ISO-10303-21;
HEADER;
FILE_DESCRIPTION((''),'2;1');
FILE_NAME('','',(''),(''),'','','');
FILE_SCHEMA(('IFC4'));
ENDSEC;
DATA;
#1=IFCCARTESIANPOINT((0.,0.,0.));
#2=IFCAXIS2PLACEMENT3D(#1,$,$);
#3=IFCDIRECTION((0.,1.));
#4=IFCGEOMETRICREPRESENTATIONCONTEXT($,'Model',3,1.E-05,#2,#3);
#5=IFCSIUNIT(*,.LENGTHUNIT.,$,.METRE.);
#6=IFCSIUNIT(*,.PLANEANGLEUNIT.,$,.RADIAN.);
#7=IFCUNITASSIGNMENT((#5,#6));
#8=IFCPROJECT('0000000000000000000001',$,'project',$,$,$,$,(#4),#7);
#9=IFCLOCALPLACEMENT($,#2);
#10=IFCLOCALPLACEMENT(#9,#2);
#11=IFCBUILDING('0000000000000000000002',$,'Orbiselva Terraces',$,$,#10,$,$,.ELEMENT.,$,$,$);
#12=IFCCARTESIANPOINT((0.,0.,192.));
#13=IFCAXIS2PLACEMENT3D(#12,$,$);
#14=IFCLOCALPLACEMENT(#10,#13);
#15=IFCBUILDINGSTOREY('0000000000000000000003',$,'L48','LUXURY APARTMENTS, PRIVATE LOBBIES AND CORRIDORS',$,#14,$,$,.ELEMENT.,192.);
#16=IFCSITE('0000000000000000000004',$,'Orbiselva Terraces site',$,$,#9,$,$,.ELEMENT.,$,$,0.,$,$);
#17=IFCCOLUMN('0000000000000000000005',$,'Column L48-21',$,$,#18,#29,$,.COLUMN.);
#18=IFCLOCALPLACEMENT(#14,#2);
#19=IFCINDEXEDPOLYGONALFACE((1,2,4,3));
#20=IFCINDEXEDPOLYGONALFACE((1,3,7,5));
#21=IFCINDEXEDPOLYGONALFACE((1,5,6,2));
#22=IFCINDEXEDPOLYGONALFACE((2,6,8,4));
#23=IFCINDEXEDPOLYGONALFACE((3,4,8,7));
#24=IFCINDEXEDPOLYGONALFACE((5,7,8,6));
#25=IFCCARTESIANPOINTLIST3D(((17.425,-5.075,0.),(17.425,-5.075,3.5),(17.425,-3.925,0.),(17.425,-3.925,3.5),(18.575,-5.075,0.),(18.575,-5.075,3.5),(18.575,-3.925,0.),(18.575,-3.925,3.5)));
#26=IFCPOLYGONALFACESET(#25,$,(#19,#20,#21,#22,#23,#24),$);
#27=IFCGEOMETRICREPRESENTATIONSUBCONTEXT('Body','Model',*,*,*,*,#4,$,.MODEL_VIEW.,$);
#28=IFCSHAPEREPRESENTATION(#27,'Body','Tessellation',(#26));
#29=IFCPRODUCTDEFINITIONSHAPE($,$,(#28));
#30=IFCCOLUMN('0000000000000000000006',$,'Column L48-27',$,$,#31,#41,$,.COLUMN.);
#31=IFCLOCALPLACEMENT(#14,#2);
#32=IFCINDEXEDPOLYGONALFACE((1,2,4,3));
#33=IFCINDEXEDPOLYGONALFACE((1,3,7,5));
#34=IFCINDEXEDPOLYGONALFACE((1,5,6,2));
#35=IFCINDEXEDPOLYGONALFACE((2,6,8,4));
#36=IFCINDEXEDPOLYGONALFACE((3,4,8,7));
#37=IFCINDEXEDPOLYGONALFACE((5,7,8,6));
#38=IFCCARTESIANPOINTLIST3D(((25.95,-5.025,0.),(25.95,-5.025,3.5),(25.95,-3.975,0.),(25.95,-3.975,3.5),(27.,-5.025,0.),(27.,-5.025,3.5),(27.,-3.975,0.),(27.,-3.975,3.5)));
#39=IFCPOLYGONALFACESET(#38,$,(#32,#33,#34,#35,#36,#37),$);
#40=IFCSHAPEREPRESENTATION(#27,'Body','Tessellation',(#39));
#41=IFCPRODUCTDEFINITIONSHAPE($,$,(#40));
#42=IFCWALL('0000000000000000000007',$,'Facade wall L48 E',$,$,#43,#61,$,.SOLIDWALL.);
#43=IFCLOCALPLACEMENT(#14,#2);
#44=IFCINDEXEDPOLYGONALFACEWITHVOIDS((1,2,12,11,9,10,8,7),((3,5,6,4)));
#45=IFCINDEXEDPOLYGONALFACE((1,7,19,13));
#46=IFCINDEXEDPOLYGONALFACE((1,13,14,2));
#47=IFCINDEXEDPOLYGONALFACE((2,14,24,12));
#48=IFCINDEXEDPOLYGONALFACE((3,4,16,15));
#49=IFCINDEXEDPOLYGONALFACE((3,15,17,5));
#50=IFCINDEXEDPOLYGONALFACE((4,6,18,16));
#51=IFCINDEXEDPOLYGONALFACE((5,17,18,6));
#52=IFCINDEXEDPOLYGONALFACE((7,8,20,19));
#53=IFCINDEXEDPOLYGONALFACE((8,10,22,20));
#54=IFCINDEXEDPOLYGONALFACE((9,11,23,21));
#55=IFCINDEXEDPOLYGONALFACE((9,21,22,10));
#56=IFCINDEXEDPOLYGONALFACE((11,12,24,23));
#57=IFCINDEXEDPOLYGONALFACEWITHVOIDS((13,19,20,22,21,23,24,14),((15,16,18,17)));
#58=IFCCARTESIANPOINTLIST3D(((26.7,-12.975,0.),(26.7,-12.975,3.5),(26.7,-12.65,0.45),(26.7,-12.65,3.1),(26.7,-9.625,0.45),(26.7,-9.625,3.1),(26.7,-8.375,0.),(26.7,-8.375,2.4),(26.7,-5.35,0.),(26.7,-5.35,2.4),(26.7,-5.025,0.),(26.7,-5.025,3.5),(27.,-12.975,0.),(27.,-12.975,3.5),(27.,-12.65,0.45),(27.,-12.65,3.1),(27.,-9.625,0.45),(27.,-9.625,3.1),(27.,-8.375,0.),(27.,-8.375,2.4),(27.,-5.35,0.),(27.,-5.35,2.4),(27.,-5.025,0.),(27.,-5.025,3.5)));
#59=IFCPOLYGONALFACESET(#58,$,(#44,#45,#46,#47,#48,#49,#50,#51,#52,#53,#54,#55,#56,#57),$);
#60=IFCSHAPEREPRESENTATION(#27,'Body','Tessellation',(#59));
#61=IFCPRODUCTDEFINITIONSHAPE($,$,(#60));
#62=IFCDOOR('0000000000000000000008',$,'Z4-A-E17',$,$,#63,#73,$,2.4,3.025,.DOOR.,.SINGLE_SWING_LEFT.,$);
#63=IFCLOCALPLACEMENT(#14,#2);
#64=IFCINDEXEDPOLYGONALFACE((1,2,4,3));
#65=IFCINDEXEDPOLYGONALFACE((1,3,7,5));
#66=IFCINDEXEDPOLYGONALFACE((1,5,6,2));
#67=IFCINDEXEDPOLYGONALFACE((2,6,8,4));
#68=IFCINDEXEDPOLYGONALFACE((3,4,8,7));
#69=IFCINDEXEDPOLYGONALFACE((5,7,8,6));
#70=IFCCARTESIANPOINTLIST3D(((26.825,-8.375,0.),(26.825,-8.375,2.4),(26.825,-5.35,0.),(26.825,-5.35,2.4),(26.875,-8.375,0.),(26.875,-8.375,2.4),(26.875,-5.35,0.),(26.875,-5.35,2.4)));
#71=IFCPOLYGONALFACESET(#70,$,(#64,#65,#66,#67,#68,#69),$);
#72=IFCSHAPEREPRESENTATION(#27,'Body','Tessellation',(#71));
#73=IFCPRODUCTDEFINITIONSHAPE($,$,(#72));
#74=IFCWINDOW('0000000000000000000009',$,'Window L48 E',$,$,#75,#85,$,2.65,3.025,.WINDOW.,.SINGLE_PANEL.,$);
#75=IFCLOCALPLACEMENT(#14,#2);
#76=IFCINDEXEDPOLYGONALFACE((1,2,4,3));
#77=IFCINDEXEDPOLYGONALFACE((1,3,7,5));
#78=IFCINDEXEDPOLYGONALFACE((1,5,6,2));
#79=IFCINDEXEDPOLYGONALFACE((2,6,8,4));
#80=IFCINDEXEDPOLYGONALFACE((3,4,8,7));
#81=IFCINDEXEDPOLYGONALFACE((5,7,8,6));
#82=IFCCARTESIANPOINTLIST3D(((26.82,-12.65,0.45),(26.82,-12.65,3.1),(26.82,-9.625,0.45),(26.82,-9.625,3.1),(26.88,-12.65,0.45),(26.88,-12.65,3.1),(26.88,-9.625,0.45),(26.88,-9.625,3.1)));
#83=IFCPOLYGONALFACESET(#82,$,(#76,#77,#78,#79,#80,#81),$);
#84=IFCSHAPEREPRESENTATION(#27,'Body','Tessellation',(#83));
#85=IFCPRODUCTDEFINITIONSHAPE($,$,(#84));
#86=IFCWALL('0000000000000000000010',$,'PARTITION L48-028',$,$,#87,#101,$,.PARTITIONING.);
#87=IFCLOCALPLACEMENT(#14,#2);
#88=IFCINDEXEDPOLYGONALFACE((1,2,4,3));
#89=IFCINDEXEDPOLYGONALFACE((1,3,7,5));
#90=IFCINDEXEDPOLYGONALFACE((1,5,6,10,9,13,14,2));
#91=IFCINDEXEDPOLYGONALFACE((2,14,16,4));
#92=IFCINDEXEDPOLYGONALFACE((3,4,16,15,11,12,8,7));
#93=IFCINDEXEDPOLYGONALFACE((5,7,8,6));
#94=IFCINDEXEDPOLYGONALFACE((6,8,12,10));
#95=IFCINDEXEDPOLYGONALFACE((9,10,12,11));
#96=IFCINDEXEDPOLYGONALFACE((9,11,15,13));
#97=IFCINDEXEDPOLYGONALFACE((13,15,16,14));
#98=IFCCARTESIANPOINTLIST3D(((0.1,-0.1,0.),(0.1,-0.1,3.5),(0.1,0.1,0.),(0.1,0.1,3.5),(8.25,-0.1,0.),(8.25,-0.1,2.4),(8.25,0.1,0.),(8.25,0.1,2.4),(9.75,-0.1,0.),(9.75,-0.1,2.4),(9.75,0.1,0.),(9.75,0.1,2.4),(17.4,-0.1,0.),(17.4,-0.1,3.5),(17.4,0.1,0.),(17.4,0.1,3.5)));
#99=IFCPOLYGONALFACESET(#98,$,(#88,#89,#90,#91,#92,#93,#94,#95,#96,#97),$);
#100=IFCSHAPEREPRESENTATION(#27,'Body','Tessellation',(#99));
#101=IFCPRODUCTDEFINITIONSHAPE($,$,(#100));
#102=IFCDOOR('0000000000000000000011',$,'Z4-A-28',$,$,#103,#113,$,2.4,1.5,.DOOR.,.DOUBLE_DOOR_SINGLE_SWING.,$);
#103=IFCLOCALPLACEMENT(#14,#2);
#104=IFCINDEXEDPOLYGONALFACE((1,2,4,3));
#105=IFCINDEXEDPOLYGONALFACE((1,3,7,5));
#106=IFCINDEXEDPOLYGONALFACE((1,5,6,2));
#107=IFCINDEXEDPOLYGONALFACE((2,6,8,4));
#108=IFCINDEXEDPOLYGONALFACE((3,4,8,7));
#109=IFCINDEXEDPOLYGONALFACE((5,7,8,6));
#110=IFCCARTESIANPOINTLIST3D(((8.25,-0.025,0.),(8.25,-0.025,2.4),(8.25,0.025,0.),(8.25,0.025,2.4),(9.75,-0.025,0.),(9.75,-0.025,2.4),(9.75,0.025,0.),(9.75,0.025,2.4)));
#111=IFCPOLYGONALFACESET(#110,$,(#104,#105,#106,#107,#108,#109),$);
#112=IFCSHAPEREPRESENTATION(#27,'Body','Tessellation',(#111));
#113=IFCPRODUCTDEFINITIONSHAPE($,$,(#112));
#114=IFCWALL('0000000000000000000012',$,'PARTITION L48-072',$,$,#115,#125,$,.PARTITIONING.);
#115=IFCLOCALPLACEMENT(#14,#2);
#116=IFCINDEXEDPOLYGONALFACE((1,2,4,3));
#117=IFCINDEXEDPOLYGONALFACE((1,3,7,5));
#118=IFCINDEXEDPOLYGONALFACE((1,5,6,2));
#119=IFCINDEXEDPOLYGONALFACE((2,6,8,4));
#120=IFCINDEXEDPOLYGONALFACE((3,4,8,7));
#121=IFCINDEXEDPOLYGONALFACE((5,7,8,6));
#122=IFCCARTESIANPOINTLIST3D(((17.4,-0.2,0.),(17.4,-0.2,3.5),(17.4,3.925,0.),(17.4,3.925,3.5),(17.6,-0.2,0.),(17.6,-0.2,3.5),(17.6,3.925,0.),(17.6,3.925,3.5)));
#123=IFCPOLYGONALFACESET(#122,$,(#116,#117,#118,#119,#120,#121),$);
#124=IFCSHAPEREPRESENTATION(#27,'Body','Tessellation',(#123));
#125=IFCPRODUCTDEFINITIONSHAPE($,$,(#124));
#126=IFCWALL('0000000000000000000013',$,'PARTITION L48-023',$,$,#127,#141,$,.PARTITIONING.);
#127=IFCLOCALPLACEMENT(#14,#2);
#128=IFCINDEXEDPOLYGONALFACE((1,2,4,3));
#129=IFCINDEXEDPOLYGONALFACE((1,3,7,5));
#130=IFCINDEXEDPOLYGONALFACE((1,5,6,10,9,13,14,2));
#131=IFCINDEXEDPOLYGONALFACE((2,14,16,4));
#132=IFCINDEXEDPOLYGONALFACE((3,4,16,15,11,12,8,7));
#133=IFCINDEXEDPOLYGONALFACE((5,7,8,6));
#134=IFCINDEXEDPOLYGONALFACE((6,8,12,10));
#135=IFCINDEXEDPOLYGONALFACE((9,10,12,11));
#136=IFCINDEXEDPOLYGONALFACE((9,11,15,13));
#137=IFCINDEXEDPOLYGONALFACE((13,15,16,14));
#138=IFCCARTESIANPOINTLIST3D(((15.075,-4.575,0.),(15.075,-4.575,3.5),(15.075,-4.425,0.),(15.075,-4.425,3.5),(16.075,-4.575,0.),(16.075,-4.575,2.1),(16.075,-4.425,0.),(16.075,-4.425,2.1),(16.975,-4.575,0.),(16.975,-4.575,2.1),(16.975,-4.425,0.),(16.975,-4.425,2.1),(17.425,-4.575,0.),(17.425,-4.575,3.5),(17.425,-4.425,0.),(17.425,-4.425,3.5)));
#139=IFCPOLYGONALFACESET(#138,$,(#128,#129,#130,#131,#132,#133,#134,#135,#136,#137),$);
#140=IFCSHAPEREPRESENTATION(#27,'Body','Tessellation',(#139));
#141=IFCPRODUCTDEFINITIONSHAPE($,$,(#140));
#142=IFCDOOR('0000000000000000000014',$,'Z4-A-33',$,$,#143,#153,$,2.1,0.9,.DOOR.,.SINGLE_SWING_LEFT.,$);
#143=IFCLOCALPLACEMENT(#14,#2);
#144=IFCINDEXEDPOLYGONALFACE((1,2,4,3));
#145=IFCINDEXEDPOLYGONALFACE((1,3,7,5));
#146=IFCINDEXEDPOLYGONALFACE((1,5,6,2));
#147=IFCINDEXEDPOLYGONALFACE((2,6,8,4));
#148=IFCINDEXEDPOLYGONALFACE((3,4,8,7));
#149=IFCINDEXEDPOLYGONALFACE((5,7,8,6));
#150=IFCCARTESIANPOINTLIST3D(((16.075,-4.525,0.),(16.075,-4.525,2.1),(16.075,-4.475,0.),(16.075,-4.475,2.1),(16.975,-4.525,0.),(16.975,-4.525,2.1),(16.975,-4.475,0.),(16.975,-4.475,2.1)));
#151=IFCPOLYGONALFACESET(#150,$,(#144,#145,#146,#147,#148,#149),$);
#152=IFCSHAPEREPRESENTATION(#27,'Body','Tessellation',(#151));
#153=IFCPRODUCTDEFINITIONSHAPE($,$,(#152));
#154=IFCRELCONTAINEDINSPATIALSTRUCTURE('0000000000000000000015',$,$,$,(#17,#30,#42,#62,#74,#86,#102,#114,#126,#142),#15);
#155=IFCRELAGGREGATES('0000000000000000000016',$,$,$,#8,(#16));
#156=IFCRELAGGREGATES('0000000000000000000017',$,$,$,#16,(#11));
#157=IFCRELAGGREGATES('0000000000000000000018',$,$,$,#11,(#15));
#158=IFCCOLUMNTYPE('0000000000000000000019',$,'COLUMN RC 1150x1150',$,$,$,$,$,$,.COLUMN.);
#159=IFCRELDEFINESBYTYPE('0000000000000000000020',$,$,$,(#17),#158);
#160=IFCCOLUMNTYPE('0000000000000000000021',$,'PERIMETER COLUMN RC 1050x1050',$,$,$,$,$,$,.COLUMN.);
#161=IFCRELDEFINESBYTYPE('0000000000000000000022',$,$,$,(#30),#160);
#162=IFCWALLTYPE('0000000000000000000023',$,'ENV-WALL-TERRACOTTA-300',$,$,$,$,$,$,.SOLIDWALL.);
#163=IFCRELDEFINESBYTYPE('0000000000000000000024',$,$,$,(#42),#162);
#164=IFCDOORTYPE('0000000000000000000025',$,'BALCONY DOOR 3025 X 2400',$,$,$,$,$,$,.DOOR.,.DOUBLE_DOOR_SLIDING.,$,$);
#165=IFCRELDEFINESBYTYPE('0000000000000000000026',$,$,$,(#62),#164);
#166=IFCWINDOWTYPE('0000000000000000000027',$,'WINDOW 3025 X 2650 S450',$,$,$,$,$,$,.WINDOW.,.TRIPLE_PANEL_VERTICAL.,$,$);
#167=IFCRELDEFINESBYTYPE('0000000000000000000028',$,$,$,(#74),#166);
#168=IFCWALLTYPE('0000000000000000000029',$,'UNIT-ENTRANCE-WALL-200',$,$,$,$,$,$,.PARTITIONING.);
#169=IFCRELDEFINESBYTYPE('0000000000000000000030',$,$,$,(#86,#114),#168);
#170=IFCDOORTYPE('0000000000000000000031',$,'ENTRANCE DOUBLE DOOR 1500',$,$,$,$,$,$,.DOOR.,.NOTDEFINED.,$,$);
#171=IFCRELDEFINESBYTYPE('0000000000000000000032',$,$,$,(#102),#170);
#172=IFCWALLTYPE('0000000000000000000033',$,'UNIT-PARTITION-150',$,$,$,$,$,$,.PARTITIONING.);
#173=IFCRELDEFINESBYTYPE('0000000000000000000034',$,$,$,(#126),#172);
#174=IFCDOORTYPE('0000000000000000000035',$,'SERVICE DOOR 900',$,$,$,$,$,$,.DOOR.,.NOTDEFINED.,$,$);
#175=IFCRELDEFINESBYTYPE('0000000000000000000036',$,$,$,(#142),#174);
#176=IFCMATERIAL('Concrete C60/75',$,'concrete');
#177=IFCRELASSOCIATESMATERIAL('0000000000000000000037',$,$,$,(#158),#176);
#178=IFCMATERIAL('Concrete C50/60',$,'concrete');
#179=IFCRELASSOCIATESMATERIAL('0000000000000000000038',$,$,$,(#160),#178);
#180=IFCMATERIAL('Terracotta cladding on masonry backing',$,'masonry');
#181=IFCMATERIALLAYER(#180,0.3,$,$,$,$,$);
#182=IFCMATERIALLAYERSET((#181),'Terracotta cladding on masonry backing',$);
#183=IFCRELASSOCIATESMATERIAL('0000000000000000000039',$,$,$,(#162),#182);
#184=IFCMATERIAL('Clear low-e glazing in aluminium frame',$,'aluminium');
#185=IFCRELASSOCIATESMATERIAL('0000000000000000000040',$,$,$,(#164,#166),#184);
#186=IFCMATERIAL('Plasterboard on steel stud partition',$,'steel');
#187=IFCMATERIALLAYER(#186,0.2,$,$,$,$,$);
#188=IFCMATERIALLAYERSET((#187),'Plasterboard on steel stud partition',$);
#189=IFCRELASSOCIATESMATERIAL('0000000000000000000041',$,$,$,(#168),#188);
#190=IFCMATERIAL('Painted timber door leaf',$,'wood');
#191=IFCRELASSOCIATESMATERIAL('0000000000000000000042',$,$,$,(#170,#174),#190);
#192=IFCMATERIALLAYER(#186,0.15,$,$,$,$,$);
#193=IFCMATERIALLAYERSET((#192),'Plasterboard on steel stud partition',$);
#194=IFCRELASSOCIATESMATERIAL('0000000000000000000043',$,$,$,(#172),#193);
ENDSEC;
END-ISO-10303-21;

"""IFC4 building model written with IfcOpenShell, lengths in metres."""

from ifc_helpers import new_model, si_unit, direction, frame, frame_2d, origin, origin_2d, place, context, subcontext, project, spatial, rectangle, extrude, material, layer, layer_set, material_profile, profile_set, type_object, element, fill, save


model = new_model("IFC4")

# Units and contexts
model_context = context("Model", 3, precision=1e-05, world=origin(), true_north=direction((0.0, 1.0)))
body_context = subcontext(model_context, "Body", "Model", "MODEL_VIEW")
ifc_project = project(units=[si_unit("LENGTHUNIT", "METRE"), si_unit("PLANEANGLEUNIT", "RADIAN")], contexts=[model_context])

# Site, building, storey
site_placement = place(None, origin())
site = spatial("IfcSite", under=ifc_project, at=site_placement, Name="Orbiselva Terraces site", CompositionType="ELEMENT", RefElevation=0.0)
building_placement = place(site_placement, origin())
building = spatial("IfcBuilding", under=site, at=building_placement, Name="Orbiselva Terraces", CompositionType="ELEMENT")
storey_placement = place(building_placement, frame((0.0, 0.0, 192.0)))
storey = spatial("IfcBuildingStorey", under=building, at=storey_placement, Name="L48", Description="LUXURY APARTMENTS, PRIVATE LOBBIES AND CORRIDORS", CompositionType="ELEMENT", Elevation=192.0)

# Columns
ifc_material_1 = material(Name="Concrete C60/75", Category="concrete")
ifc_material_profile_1 = material_profile(ifc_material_1, rectangle(XDim=1.15, YDim=1.15, at=origin_2d()), Name="RC 1150x1150")
ifc_profile_set_1 = profile_set([ifc_material_profile_1], Name="Concrete C60/75")
column_type_1 = type_object("IfcColumnType", Name="COLUMN RC 1150x1150", PredefinedType="COLUMN", material=ifc_profile_set_1)
column_1_placement = place(storey_placement, frame((18.0, -4.5, 0.0), z_axis=(0.0, 0.0, 1.0), x_axis=(1.0, 0.0, 0.0)))
element("IfcColumn", 1, at=column_1_placement, inside=storey, type_object=column_type_1, Name="Column L48-21", PredefinedType="COLUMN", context=body_context, shape_type="SweptSolid", body=[
    extrude(rectangle(XDim=1.15, YDim=1.15, at=origin_2d()), origin(), (0.0, 0.0, 1.0), 3.5),
])
ifc_material_2 = material(Name="Concrete C50/60", Category="concrete")
ifc_material_profile_2 = material_profile(ifc_material_2, rectangle(XDim=1.05, YDim=1.05, at=origin_2d()), Name="RC 1050x1050")
ifc_profile_set_2 = profile_set([ifc_material_profile_2], Name="Concrete C50/60")
column_type_2 = type_object("IfcColumnType", Name="PERIMETER COLUMN RC 1050x1050", PredefinedType="COLUMN", material=ifc_profile_set_2)
column_2_placement = place(storey_placement, frame((26.475, -4.5, 0.0), z_axis=(0.0, 0.0, 1.0), x_axis=(1.0, 0.0, 0.0)))
element("IfcColumn", 2, at=column_2_placement, inside=storey, type_object=column_type_2, Name="Column L48-27", PredefinedType="COLUMN", context=body_context, shape_type="SweptSolid", body=[
    extrude(rectangle(XDim=1.05, YDim=1.05, at=origin_2d()), origin(), (0.0, 0.0, 1.0), 3.5),
])

# Wall, openings, door, window
ifc_material_3 = material(Name="Terracotta cladding on masonry backing", Category="masonry")
ifc_layer_1 = layer(ifc_material_3, 0.3)
ifc_layer_set_1 = layer_set([ifc_layer_1], Name="Terracotta cladding on masonry backing")
wall_type_1 = type_object("IfcWallType", Name="ENV-WALL-TERRACOTTA-300", PredefinedType="SOLIDWALL", material=ifc_layer_set_1)
wall_1_placement = place(storey_placement, frame((26.85, -5.025, 0.0), z_axis=(0.0, 0.0, 1.0), x_axis=(0.0, -1.0, 0.0)))
wall_1 = element("IfcWall", 3, at=wall_1_placement, inside=storey, type_object=wall_type_1, Name="Facade wall L48 E", PredefinedType="SOLIDWALL", context=body_context, shape_type="SweptSolid", body=[
    extrude(rectangle(XDim=7.95, YDim=0.3, at=frame_2d((3.975, 0.0))), origin(), (0.0, 0.0, 1.0), 3.5),
])
opening_1_placement = place(wall_1_placement, frame((4.6, 0.0, 0.45)))
opening_1 = element("IfcOpeningElement", 4, at=opening_1_placement, cuts=wall_1, PredefinedType="OPENING", context=body_context, shape_type="SweptSolid", body=[
    extrude(rectangle(XDim=3.025, YDim=2.65, at=frame_2d((1.5125, 1.325))), frame((0.0, 0.16, 0.0), z_axis=(0.0, -1.0, 0.0), x_axis=(1.0, 0.0, 0.0)), (0.0, 0.0, 1.0), 0.32),
])
opening_2_placement = place(wall_1_placement, frame((0.325, 0.0, 0.0)))
opening_2 = element("IfcOpeningElement", 5, at=opening_2_placement, cuts=wall_1, PredefinedType="OPENING", context=body_context, shape_type="SweptSolid", body=[
    extrude(rectangle(XDim=3.025, YDim=2.4, at=frame_2d((1.5125, 1.2))), frame((0.0, 0.16, 0.0), z_axis=(0.0, -1.0, 0.0), x_axis=(1.0, 0.0, 0.0)), (0.0, 0.0, 1.0), 0.32),
])
ifc_material_4 = material(Name="Clear low-e glazing in aluminium frame", Category="aluminium")
door_type_1 = type_object("IfcDoorType", Name="BALCONY DOOR 3025 X 2400", OperationType="DOUBLE_DOOR_SLIDING", PredefinedType="DOOR", material=ifc_material_4)
door_1_placement = place(opening_2_placement, origin())
door_1 = element("IfcDoor", 6, at=door_1_placement, inside=storey, type_object=door_type_1, Name="Z4-A-E17", OperationType="SINGLE_SWING_LEFT", OverallHeight=2.4, OverallWidth=3.025, PredefinedType="DOOR", context=body_context, shape_type="SweptSolid", body=[
    extrude(rectangle(XDim=3.025, YDim=2.4, at=frame_2d((1.5125, 1.2))), frame((0.0, 0.025, 0.0), z_axis=(0.0, -1.0, 0.0), x_axis=(1.0, 0.0, 0.0)), (0.0, 0.0, 1.0), 0.05),
])
fill(opening_2, door_1)
window_type = type_object("IfcWindowType", Name="WINDOW 3025 X 2650 S450", PartitioningType="TRIPLE_PANEL_VERTICAL", PredefinedType="WINDOW", material=ifc_material_4)
window_placement = place(opening_1_placement, origin())
window = element("IfcWindow", 7, at=window_placement, inside=storey, type_object=window_type, Name="Window L48 E", OverallHeight=2.65, OverallWidth=3.025, PartitioningType="SINGLE_PANEL", PredefinedType="WINDOW", context=body_context, shape_type="SweptSolid", body=[
    extrude(rectangle(XDim=3.025, YDim=2.65, at=frame_2d((1.5125, 1.325))), frame((0.0, 0.03, 0.0), z_axis=(0.0, -1.0, 0.0), x_axis=(1.0, 0.0, 0.0)), (0.0, 0.0, 1.0), 0.06),
])
fill(opening_1, window)

# Wall, opening, door
ifc_material_5 = material(Name="Plasterboard on steel stud partition", Category="steel")
ifc_layer_2 = layer(ifc_material_5, 0.2)
ifc_layer_set_2 = layer_set([ifc_layer_2], Name="Plasterboard on steel stud partition")
wall_type_2 = type_object("IfcWallType", Name="UNIT-ENTRANCE-WALL-200", PredefinedType="PARTITIONING", material=ifc_layer_set_2)
wall_2_placement = place(storey_placement, frame((17.4, 0.0, 0.0), z_axis=(0.0, 0.0, 1.0), x_axis=(-1.0, 0.0, 0.0)))
wall_2 = element("IfcWall", 8, at=wall_2_placement, inside=storey, type_object=wall_type_2, Name="PARTITION L48-028", PredefinedType="PARTITIONING", context=body_context, shape_type="SweptSolid", body=[
    extrude(rectangle(XDim=17.3, YDim=0.2, at=frame_2d((8.65, 0.0))), origin(), (0.0, 0.0, 1.0), 3.5),
])
opening_3_placement = place(wall_2_placement, frame((7.65, 0.0, 0.0)))
opening_3 = element("IfcOpeningElement", 9, at=opening_3_placement, cuts=wall_2, PredefinedType="OPENING", context=body_context, shape_type="SweptSolid", body=[
    extrude(rectangle(XDim=1.5, YDim=2.4, at=frame_2d((0.75, 1.2))), frame((0.0, 0.11, 0.0), z_axis=(0.0, -1.0, 0.0), x_axis=(1.0, 0.0, 0.0)), (0.0, 0.0, 1.0), 0.22),
])
ifc_material_6 = material(Name="Painted timber door leaf", Category="wood")
door_type_2 = type_object("IfcDoorType", Name="ENTRANCE DOUBLE DOOR 1500", OperationType="NOTDEFINED", PredefinedType="DOOR", material=ifc_material_6)
door_2_placement = place(opening_3_placement, origin())
door_2 = element("IfcDoor", 10, at=door_2_placement, inside=storey, type_object=door_type_2, Name="Z4-A-28", OperationType="DOUBLE_DOOR_SINGLE_SWING", OverallHeight=2.4, OverallWidth=1.5, PredefinedType="DOOR", context=body_context, shape_type="SweptSolid", body=[
    extrude(rectangle(XDim=1.5, YDim=2.4, at=frame_2d((0.75, 1.2))), frame((0.0, 0.025, 0.0), z_axis=(0.0, -1.0, 0.0), x_axis=(1.0, 0.0, 0.0)), (0.0, 0.0, 1.0), 0.05),
])
fill(opening_3, door_2)

# Wall
wall_3_placement = place(storey_placement, frame((17.5, -0.2, 0.0), z_axis=(0.0, 0.0, 1.0), x_axis=(0.0, 1.0, 0.0)))
element("IfcWall", 11, at=wall_3_placement, inside=storey, type_object=wall_type_2, Name="PARTITION L48-072", PredefinedType="PARTITIONING", context=body_context, shape_type="SweptSolid", body=[
    extrude(rectangle(XDim=4.125, YDim=0.2, at=frame_2d((2.0625, 0.0))), origin(), (0.0, 0.0, 1.0), 3.5),
])

# Wall, opening, door
ifc_layer_3 = layer(ifc_material_5, 0.15)
ifc_layer_set_3 = layer_set([ifc_layer_3], Name="Plasterboard on steel stud partition")
wall_type_3 = type_object("IfcWallType", Name="UNIT-PARTITION-150", PredefinedType="PARTITIONING", material=ifc_layer_set_3)
wall_4_placement = place(storey_placement, frame((17.425, -4.5, 0.0), z_axis=(0.0, 0.0, 1.0), x_axis=(-1.0, 0.0, 0.0)))
wall_4 = element("IfcWall", 12, at=wall_4_placement, inside=storey, type_object=wall_type_3, Name="PARTITION L48-023", PredefinedType="PARTITIONING", context=body_context, shape_type="SweptSolid", body=[
    extrude(rectangle(XDim=2.35, YDim=0.15, at=frame_2d((1.175, 0.0))), origin(), (0.0, 0.0, 1.0), 3.5),
])
opening_4_placement = place(wall_4_placement, frame((0.45, 0.0, 0.0)))
opening_4 = element("IfcOpeningElement", 13, at=opening_4_placement, cuts=wall_4, PredefinedType="OPENING", context=body_context, shape_type="SweptSolid", body=[
    extrude(rectangle(XDim=0.9, YDim=2.1, at=frame_2d((0.45, 1.05))), frame((0.0, 0.085, 0.0), z_axis=(0.0, -1.0, 0.0), x_axis=(1.0, 0.0, 0.0)), (0.0, 0.0, 1.0), 0.17),
])
door_type_3 = type_object("IfcDoorType", Name="SERVICE DOOR 900", OperationType="NOTDEFINED", PredefinedType="DOOR", material=ifc_material_6)
door_3_placement = place(opening_4_placement, origin())
door_3 = element("IfcDoor", 14, at=door_3_placement, inside=storey, type_object=door_type_3, Name="Z4-A-33", OperationType="SINGLE_SWING_LEFT", OverallHeight=2.1, OverallWidth=0.9, PredefinedType="DOOR", context=body_context, shape_type="SweptSolid", body=[
    extrude(rectangle(XDim=0.9, YDim=2.1, at=frame_2d((0.45, 1.05))), frame((0.0, 0.025, 0.0), z_axis=(0.0, -1.0, 0.0), x_axis=(1.0, 0.0, 0.0)), (0.0, 0.0, 1.0), 0.05),
])
fill(opening_4, door_3)

save(model, "model.ifc")
